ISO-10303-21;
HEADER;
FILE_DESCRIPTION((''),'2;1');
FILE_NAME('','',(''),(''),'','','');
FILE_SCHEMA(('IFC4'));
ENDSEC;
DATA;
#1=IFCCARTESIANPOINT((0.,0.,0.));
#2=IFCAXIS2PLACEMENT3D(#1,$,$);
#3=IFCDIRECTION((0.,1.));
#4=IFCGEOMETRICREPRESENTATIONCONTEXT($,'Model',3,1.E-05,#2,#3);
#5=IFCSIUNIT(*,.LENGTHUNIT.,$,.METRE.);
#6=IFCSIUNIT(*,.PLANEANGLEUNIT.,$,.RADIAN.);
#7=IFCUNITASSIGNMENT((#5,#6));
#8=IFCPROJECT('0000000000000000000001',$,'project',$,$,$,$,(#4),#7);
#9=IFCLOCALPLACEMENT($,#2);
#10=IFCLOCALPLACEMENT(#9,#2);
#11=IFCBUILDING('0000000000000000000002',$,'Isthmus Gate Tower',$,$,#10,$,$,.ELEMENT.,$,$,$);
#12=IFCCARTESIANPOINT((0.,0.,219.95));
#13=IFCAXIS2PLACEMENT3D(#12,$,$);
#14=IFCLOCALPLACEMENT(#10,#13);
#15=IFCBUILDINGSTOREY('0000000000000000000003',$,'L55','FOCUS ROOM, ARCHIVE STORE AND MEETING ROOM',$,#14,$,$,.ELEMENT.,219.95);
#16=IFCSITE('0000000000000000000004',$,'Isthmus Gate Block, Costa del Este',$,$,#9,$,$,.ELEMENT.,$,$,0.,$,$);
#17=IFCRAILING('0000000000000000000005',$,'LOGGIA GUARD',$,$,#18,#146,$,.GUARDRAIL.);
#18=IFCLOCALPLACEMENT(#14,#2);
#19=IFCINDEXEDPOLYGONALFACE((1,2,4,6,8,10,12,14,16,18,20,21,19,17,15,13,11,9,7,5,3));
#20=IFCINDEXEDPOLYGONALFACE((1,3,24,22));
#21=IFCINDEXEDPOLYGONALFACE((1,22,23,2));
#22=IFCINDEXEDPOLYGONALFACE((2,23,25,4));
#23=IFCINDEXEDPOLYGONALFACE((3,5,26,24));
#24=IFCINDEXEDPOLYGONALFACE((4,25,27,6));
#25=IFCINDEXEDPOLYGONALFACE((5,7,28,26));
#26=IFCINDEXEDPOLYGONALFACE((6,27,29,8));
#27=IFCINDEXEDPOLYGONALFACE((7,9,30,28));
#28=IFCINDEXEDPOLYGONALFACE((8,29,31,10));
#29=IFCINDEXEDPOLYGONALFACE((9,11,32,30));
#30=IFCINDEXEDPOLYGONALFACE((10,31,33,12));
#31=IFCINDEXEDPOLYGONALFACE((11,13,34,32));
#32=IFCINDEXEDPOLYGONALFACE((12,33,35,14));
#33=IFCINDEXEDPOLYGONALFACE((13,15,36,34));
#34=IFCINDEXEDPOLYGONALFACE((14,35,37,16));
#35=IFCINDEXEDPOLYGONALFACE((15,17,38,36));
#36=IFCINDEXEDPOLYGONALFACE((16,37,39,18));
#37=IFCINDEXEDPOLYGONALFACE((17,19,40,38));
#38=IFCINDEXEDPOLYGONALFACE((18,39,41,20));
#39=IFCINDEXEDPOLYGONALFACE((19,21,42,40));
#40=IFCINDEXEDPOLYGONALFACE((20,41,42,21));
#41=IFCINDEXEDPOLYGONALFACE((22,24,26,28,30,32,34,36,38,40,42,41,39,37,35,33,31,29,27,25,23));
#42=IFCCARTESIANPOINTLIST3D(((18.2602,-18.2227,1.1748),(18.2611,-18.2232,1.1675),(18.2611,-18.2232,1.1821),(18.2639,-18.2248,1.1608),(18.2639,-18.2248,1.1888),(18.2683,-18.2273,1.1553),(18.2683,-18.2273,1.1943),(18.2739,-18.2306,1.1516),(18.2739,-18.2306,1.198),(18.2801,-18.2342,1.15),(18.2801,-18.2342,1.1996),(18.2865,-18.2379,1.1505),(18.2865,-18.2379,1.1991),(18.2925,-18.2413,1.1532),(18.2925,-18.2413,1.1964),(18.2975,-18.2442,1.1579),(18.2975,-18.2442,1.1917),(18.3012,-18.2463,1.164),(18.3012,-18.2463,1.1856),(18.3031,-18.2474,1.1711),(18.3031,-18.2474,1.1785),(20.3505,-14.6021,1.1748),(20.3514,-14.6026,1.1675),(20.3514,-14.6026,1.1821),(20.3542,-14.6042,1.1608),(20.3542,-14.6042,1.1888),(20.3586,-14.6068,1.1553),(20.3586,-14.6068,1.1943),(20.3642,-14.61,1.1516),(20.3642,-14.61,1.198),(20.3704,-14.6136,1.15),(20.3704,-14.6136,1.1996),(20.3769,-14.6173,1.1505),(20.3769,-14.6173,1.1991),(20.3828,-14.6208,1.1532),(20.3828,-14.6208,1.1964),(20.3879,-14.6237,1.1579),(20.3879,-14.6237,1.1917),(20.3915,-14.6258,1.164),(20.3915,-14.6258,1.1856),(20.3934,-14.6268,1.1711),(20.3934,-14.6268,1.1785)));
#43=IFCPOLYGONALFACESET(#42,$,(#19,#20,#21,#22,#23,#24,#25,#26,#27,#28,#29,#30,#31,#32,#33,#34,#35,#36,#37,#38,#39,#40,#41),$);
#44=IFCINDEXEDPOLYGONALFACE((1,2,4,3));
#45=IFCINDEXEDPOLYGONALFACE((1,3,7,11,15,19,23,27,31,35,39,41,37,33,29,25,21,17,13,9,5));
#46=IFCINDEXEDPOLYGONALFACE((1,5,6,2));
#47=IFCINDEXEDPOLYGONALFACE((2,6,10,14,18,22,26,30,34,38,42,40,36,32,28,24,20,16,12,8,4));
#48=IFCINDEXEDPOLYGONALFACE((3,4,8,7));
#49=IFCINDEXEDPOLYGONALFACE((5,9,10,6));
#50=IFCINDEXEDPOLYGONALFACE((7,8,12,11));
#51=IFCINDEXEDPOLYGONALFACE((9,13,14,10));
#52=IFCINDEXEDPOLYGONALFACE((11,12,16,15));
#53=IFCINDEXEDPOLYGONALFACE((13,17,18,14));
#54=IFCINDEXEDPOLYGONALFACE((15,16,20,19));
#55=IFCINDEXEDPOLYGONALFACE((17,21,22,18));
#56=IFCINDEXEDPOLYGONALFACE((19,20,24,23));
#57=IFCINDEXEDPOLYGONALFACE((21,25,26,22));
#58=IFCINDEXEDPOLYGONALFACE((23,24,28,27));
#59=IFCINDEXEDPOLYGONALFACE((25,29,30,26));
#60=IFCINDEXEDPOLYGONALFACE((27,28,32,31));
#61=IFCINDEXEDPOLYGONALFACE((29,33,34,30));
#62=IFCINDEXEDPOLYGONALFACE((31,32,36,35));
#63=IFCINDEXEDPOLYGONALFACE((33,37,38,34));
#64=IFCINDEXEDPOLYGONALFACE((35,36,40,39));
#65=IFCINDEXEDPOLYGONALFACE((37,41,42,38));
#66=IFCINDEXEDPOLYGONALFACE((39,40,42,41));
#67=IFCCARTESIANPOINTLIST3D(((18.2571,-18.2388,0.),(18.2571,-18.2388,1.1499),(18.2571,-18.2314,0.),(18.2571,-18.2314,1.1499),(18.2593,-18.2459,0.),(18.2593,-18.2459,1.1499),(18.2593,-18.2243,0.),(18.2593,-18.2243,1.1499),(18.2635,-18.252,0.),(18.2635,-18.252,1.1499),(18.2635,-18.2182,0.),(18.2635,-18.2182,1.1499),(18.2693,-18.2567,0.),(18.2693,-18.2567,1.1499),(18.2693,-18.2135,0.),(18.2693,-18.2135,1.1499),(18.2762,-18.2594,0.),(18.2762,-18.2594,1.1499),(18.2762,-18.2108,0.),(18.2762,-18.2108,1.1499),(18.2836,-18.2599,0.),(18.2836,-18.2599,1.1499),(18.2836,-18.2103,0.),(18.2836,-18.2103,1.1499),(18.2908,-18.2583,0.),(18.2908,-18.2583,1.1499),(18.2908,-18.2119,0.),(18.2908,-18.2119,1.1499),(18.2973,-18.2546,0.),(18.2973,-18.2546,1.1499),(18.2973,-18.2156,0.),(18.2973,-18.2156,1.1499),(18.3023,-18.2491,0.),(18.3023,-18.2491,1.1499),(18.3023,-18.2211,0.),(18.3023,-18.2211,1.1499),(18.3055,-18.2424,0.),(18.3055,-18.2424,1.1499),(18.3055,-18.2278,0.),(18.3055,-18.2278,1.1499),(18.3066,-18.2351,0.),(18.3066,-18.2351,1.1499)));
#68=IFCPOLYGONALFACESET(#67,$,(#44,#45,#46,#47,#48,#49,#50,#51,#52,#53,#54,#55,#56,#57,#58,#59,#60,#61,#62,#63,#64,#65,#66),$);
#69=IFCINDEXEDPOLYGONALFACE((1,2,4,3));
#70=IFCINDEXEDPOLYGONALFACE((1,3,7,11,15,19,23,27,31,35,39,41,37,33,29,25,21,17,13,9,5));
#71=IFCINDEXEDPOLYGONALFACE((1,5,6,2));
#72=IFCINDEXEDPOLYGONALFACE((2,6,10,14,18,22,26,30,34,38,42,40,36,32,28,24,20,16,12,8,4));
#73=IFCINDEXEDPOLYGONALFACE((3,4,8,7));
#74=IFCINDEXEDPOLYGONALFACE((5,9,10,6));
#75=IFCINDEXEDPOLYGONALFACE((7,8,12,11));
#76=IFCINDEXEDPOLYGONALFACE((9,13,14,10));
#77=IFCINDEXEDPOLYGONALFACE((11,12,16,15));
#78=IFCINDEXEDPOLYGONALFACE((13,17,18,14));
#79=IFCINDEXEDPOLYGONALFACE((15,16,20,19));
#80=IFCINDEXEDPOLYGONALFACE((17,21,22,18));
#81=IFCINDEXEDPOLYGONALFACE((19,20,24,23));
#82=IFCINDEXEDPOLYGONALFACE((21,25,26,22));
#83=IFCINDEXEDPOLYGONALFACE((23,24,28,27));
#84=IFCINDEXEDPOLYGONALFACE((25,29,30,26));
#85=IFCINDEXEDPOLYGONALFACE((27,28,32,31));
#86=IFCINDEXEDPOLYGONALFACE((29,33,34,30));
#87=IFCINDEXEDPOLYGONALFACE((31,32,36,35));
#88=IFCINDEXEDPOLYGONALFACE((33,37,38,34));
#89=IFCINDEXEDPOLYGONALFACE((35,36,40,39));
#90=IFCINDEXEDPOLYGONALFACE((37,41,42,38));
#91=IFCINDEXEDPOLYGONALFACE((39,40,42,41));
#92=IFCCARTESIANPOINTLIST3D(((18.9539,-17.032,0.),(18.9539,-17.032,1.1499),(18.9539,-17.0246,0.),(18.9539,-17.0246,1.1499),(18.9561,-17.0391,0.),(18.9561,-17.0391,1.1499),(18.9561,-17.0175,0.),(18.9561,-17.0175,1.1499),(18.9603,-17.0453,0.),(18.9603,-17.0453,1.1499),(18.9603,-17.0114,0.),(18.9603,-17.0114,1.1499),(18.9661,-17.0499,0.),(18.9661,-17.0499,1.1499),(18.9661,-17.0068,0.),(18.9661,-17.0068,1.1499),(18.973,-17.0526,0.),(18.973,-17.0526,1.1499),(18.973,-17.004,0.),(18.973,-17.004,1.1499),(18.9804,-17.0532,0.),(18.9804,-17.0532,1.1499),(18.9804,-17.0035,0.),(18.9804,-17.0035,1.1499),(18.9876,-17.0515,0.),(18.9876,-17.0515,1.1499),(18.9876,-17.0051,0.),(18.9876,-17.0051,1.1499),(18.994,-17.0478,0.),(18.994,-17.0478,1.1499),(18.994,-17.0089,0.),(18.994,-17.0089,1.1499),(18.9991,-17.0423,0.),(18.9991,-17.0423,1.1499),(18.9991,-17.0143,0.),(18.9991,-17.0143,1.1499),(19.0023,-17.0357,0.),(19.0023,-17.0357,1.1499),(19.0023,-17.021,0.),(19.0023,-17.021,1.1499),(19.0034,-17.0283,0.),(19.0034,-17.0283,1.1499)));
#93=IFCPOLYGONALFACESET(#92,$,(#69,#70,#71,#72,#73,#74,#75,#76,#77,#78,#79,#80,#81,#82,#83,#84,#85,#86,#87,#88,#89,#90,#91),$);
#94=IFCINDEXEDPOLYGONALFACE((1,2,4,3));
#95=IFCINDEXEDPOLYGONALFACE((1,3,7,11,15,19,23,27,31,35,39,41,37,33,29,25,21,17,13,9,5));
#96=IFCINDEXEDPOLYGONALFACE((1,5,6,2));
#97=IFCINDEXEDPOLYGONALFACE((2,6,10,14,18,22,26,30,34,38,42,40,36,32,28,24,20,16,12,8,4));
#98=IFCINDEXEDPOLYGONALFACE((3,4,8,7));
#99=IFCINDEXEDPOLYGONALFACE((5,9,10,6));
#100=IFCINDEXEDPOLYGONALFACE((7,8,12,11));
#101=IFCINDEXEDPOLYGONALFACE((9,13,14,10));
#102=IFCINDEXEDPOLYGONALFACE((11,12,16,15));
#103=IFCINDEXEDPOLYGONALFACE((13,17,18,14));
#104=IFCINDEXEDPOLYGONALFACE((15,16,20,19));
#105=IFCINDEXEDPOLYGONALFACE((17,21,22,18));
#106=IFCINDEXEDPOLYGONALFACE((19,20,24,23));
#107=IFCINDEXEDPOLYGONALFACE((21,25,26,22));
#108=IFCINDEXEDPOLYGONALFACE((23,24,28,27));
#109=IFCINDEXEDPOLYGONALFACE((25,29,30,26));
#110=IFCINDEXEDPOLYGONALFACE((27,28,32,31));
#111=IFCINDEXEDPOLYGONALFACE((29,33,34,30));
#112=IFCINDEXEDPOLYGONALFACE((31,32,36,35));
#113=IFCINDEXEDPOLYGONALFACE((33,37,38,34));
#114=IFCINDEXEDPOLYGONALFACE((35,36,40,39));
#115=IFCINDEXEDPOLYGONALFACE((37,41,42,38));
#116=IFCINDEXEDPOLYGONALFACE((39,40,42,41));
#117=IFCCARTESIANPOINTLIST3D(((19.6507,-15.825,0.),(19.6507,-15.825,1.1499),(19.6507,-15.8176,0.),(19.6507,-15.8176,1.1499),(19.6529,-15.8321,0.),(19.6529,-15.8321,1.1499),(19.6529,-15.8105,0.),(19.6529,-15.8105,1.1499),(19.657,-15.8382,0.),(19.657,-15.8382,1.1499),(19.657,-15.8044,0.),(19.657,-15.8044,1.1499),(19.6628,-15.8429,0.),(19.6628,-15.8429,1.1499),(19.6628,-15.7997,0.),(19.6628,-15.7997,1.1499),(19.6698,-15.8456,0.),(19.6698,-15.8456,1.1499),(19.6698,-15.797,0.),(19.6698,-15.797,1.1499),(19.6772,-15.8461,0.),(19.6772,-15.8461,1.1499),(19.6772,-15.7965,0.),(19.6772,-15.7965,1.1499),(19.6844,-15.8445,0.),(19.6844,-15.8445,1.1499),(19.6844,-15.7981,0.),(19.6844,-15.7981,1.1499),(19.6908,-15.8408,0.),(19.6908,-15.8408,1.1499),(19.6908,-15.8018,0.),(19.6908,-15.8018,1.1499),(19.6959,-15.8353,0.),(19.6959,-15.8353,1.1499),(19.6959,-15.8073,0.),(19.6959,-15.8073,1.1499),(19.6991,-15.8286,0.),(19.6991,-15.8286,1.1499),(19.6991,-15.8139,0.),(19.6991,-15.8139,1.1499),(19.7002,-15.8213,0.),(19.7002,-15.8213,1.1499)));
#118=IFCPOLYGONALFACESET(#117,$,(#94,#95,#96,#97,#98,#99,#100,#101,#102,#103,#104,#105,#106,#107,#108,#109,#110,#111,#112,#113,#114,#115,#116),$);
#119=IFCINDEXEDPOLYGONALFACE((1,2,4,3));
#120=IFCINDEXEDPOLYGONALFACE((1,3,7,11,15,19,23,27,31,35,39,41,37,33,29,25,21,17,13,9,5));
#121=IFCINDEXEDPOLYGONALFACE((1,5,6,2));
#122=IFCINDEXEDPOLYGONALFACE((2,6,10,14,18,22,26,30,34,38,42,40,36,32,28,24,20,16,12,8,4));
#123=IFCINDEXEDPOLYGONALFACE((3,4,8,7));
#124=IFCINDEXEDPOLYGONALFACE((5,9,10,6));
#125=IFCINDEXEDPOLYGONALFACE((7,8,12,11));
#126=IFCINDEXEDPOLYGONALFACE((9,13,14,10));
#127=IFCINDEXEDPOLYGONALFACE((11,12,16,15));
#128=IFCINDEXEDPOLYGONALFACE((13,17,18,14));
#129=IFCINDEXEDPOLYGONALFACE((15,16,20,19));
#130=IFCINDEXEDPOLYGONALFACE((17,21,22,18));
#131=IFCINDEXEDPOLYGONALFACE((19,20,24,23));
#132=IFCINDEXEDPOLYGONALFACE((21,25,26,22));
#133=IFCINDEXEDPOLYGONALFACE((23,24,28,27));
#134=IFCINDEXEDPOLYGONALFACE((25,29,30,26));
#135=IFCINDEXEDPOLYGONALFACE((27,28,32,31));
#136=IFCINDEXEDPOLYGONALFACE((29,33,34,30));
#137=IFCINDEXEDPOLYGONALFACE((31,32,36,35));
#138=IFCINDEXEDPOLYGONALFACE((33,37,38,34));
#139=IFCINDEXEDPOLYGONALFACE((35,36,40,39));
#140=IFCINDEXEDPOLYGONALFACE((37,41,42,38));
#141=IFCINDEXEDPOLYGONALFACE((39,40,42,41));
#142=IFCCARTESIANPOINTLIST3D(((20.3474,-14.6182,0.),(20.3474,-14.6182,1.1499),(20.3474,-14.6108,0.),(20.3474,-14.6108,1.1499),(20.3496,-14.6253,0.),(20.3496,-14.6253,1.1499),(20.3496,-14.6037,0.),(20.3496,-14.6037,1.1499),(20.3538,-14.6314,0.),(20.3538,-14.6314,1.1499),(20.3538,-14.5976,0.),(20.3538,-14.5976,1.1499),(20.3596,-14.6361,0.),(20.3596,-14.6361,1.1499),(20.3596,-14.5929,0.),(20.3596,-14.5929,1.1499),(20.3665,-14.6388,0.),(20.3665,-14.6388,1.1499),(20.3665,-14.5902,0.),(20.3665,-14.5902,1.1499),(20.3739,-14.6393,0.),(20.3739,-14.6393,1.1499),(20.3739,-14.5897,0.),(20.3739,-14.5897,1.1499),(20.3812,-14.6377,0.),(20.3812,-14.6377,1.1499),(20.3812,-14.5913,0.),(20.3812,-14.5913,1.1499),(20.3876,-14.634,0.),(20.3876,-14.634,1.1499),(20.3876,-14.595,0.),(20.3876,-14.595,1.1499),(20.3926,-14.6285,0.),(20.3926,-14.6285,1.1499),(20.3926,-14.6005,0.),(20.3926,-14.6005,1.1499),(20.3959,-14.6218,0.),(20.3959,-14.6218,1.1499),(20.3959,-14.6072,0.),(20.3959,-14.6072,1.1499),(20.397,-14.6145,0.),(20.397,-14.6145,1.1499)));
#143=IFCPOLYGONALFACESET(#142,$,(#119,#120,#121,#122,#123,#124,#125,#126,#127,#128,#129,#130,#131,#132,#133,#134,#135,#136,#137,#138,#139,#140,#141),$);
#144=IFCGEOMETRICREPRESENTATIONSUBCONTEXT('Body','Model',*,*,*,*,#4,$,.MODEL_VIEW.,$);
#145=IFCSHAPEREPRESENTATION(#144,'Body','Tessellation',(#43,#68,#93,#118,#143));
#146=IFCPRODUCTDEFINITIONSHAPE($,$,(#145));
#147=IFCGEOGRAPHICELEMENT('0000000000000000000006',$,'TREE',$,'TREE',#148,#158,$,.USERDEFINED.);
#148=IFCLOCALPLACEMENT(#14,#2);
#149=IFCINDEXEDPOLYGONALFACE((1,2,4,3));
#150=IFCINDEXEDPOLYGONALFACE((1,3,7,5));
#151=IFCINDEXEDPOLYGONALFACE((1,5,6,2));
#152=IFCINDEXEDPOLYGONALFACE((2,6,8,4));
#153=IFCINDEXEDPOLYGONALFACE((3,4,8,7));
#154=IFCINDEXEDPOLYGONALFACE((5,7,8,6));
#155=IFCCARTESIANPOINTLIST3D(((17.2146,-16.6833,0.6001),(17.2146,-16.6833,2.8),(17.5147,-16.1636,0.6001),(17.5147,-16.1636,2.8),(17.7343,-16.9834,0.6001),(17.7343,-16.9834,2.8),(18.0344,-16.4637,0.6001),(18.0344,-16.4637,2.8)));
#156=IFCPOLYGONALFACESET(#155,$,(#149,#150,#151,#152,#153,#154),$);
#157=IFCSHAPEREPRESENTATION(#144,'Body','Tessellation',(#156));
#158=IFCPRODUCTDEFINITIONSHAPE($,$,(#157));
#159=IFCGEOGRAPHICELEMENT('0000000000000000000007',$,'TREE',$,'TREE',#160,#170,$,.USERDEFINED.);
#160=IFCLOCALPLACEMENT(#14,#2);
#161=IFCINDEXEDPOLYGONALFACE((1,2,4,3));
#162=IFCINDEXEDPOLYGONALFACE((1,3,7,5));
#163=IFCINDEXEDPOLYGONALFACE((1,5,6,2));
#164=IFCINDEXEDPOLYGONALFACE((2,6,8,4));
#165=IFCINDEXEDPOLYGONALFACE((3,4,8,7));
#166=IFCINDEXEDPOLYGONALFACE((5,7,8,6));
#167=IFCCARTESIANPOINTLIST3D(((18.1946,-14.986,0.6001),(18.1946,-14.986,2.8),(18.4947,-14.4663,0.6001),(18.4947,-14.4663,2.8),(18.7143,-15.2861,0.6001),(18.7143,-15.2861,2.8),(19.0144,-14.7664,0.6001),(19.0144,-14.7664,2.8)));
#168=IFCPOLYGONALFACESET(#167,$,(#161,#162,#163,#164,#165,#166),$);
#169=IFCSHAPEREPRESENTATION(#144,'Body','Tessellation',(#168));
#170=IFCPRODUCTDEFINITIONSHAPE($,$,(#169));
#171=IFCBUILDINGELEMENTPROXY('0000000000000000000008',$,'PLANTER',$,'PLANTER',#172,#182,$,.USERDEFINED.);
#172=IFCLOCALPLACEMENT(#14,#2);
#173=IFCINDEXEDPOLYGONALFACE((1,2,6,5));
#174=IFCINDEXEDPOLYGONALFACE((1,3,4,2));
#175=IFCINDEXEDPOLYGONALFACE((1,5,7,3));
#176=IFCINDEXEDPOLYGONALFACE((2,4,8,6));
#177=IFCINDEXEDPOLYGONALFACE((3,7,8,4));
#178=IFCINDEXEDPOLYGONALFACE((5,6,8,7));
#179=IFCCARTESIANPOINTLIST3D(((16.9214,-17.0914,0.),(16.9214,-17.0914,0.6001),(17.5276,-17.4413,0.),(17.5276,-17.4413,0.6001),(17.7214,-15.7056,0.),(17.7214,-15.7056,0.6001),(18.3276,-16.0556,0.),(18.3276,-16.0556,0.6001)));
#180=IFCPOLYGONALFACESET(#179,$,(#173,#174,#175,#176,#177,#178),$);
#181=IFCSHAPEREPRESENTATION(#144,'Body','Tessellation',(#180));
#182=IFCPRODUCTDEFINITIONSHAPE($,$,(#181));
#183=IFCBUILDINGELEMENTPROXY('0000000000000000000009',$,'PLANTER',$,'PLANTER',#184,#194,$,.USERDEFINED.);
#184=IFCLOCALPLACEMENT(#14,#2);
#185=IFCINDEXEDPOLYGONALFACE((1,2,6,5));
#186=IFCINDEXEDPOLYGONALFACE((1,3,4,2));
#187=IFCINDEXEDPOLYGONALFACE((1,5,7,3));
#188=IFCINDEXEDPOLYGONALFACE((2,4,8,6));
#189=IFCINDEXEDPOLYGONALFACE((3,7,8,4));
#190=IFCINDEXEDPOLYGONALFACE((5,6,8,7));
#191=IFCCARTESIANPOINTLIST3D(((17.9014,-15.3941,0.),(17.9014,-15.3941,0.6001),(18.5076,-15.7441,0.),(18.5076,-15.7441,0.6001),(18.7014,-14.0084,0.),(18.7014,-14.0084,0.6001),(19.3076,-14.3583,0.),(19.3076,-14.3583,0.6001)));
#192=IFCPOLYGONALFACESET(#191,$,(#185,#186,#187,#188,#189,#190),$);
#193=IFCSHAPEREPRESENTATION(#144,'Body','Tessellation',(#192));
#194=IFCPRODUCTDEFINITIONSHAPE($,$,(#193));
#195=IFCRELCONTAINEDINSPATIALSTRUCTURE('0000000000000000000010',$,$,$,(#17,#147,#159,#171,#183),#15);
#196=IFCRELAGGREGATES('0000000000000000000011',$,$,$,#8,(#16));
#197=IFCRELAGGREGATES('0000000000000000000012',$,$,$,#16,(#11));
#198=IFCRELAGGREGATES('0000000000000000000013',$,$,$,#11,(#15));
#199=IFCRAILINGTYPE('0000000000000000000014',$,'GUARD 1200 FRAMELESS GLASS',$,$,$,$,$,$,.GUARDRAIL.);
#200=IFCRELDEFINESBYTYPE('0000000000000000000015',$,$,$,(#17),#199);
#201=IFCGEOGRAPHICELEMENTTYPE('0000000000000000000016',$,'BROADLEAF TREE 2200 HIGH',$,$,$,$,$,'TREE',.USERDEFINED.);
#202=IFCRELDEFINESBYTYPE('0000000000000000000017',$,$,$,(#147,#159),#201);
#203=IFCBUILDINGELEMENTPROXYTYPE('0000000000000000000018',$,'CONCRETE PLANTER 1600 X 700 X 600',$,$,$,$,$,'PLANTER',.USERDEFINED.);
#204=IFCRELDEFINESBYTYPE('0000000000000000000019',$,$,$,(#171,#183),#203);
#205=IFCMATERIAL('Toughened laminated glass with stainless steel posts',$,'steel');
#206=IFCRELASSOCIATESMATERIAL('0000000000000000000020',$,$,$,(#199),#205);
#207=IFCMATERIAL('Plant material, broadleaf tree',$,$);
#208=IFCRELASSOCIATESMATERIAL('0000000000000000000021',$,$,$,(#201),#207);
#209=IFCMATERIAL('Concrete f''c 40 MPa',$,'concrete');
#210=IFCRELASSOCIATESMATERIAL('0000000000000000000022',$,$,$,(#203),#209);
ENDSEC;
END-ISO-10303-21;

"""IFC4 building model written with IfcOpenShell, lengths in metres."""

from ifc_helpers import new_model, si_unit, direction, frame, origin, origin_2d, place, context, subcontext, project, spatial, rectangle, circle, extrude, material, type_object, element, save


model = new_model("IFC4")

# Units and contexts
model_context = context("Model", 3, precision=1e-05, world=origin(), true_north=direction((0.0, 1.0)))
body_context = subcontext(model_context, "Body", "Model", "MODEL_VIEW")
ifc_project = project(units=[si_unit("LENGTHUNIT", "METRE"), si_unit("PLANEANGLEUNIT", "RADIAN")], contexts=[model_context])

# Site, building, storey
site_placement = place(None, origin())
site = spatial("IfcSite", under=ifc_project, at=site_placement, Name="Isthmus Gate Block, Costa del Este", CompositionType="ELEMENT", RefElevation=0.0)
building_placement = place(site_placement, origin())
building = spatial("IfcBuilding", under=site, at=building_placement, Name="Isthmus Gate Tower", CompositionType="ELEMENT")
storey_placement = place(building_placement, frame((0.0, 0.0, 219.95)))
storey = spatial("IfcBuildingStorey", under=building, at=storey_placement, Name="L55", Description="FOCUS ROOM, ARCHIVE STORE AND MEETING ROOM", CompositionType="ELEMENT", Elevation=219.95)

# Railing
ifc_material_1 = material(Name="Toughened laminated glass with stainless steel posts", Category="steel")
railing_type = type_object("IfcRailingType", Name="GUARD 1200 FRAMELESS GLASS", PredefinedType="GUARDRAIL", material=ifc_material_1)
railing_placement = place(storey_placement, frame((18.2817, -18.2351, 0.0)))
element("IfcRailing", 1, at=railing_placement, inside=storey, type_object=railing_type, Name="LOGGIA GUARD", PredefinedType="GUARDRAIL", context=body_context, shape_type="SweptSolid", body=[
    extrude(circle(Radius=0.0249, at=origin_2d()), frame((0.0, 0.0, 1.1748), z_axis=(0.499995, 0.866028, 0.0), x_axis=(-0.866028, 0.499995, 0.0)), (0.0, 0.0, 1.0), 4.1807),
    extrude(circle(Radius=0.0249, at=origin_2d()), origin(), (0.0, 0.0, 1.0), 1.1499),
    extrude(circle(Radius=0.0249, at=origin_2d()), frame((0.6968, 1.2068, 0.0)), (0.0, 0.0, 1.0), 1.1499),
    extrude(circle(Radius=0.0249, at=origin_2d()), frame((1.3936, 2.4138, 0.0)), (0.0, 0.0, 1.0), 1.1499),
    extrude(circle(Radius=0.0249, at=origin_2d()), frame((2.0903, 3.6206, 0.0)), (0.0, 0.0, 1.0), 1.1499),
])

# Geographic elements
ifc_material_2 = material(Name="Plant material, broadleaf tree")
geographic_element_type = type_object("IfcGeographicElementType", Name="BROADLEAF TREE 2200 HIGH", ElementType="TREE", PredefinedType="USERDEFINED", material=ifc_material_2)
for number, where, z_axis, x_axis, name in (
    (2, (17.6245, -16.5735, 0.6001), (0.0, 0.0, 1.0), (0.5, 0.866025, 0.0), "TREE"),
    (3, (18.6045, -14.8762, 0.6001), (0.0, 0.0, 1.0), (0.5, 0.866025, 0.0), "TREE"),
):
    element("IfcGeographicElement", number, at=place(storey_placement, frame(where, z_axis=z_axis, x_axis=x_axis)), inside=storey, type_object=geographic_element_type, Name=name, ObjectType="TREE", PredefinedType="USERDEFINED", context=body_context, shape_type="SweptSolid", body=[
        extrude(rectangle(XDim=0.6001, YDim=0.6001, at=origin_2d()), origin(), (0.0, 0.0, 1.0), 2.2),
    ])

# Building element proxies
ifc_material_3 = material(Name="Concrete f'c 40 MPa", Category="concrete")
building_element_proxy_type = type_object("IfcBuildingElementProxyType", Name="CONCRETE PLANTER 1600 X 700 X 600", ElementType="PLANTER", PredefinedType="USERDEFINED", material=ifc_material_3)
for number, where, z_axis, x_axis, name in (
    (4, (17.6245, -16.5735, 0.0), (0.0, 0.0, 1.0), (0.5, 0.866025, 0.0), "PLANTER"),
    (5, (18.6045, -14.8762, 0.0), (0.0, 0.0, 1.0), (0.5, 0.866025, 0.0), "PLANTER"),
):
    element("IfcBuildingElementProxy", number, at=place(storey_placement, frame(where, z_axis=z_axis, x_axis=x_axis)), inside=storey, type_object=building_element_proxy_type, Name=name, ObjectType="PLANTER", PredefinedType="USERDEFINED", context=body_context, shape_type="SweptSolid", body=[
        extrude(rectangle(XDim=1.6001, YDim=0.7, at=origin_2d()), origin(), (0.0, 0.0, 1.0), 0.6001),
    ])

save(model, "model.ifc")
